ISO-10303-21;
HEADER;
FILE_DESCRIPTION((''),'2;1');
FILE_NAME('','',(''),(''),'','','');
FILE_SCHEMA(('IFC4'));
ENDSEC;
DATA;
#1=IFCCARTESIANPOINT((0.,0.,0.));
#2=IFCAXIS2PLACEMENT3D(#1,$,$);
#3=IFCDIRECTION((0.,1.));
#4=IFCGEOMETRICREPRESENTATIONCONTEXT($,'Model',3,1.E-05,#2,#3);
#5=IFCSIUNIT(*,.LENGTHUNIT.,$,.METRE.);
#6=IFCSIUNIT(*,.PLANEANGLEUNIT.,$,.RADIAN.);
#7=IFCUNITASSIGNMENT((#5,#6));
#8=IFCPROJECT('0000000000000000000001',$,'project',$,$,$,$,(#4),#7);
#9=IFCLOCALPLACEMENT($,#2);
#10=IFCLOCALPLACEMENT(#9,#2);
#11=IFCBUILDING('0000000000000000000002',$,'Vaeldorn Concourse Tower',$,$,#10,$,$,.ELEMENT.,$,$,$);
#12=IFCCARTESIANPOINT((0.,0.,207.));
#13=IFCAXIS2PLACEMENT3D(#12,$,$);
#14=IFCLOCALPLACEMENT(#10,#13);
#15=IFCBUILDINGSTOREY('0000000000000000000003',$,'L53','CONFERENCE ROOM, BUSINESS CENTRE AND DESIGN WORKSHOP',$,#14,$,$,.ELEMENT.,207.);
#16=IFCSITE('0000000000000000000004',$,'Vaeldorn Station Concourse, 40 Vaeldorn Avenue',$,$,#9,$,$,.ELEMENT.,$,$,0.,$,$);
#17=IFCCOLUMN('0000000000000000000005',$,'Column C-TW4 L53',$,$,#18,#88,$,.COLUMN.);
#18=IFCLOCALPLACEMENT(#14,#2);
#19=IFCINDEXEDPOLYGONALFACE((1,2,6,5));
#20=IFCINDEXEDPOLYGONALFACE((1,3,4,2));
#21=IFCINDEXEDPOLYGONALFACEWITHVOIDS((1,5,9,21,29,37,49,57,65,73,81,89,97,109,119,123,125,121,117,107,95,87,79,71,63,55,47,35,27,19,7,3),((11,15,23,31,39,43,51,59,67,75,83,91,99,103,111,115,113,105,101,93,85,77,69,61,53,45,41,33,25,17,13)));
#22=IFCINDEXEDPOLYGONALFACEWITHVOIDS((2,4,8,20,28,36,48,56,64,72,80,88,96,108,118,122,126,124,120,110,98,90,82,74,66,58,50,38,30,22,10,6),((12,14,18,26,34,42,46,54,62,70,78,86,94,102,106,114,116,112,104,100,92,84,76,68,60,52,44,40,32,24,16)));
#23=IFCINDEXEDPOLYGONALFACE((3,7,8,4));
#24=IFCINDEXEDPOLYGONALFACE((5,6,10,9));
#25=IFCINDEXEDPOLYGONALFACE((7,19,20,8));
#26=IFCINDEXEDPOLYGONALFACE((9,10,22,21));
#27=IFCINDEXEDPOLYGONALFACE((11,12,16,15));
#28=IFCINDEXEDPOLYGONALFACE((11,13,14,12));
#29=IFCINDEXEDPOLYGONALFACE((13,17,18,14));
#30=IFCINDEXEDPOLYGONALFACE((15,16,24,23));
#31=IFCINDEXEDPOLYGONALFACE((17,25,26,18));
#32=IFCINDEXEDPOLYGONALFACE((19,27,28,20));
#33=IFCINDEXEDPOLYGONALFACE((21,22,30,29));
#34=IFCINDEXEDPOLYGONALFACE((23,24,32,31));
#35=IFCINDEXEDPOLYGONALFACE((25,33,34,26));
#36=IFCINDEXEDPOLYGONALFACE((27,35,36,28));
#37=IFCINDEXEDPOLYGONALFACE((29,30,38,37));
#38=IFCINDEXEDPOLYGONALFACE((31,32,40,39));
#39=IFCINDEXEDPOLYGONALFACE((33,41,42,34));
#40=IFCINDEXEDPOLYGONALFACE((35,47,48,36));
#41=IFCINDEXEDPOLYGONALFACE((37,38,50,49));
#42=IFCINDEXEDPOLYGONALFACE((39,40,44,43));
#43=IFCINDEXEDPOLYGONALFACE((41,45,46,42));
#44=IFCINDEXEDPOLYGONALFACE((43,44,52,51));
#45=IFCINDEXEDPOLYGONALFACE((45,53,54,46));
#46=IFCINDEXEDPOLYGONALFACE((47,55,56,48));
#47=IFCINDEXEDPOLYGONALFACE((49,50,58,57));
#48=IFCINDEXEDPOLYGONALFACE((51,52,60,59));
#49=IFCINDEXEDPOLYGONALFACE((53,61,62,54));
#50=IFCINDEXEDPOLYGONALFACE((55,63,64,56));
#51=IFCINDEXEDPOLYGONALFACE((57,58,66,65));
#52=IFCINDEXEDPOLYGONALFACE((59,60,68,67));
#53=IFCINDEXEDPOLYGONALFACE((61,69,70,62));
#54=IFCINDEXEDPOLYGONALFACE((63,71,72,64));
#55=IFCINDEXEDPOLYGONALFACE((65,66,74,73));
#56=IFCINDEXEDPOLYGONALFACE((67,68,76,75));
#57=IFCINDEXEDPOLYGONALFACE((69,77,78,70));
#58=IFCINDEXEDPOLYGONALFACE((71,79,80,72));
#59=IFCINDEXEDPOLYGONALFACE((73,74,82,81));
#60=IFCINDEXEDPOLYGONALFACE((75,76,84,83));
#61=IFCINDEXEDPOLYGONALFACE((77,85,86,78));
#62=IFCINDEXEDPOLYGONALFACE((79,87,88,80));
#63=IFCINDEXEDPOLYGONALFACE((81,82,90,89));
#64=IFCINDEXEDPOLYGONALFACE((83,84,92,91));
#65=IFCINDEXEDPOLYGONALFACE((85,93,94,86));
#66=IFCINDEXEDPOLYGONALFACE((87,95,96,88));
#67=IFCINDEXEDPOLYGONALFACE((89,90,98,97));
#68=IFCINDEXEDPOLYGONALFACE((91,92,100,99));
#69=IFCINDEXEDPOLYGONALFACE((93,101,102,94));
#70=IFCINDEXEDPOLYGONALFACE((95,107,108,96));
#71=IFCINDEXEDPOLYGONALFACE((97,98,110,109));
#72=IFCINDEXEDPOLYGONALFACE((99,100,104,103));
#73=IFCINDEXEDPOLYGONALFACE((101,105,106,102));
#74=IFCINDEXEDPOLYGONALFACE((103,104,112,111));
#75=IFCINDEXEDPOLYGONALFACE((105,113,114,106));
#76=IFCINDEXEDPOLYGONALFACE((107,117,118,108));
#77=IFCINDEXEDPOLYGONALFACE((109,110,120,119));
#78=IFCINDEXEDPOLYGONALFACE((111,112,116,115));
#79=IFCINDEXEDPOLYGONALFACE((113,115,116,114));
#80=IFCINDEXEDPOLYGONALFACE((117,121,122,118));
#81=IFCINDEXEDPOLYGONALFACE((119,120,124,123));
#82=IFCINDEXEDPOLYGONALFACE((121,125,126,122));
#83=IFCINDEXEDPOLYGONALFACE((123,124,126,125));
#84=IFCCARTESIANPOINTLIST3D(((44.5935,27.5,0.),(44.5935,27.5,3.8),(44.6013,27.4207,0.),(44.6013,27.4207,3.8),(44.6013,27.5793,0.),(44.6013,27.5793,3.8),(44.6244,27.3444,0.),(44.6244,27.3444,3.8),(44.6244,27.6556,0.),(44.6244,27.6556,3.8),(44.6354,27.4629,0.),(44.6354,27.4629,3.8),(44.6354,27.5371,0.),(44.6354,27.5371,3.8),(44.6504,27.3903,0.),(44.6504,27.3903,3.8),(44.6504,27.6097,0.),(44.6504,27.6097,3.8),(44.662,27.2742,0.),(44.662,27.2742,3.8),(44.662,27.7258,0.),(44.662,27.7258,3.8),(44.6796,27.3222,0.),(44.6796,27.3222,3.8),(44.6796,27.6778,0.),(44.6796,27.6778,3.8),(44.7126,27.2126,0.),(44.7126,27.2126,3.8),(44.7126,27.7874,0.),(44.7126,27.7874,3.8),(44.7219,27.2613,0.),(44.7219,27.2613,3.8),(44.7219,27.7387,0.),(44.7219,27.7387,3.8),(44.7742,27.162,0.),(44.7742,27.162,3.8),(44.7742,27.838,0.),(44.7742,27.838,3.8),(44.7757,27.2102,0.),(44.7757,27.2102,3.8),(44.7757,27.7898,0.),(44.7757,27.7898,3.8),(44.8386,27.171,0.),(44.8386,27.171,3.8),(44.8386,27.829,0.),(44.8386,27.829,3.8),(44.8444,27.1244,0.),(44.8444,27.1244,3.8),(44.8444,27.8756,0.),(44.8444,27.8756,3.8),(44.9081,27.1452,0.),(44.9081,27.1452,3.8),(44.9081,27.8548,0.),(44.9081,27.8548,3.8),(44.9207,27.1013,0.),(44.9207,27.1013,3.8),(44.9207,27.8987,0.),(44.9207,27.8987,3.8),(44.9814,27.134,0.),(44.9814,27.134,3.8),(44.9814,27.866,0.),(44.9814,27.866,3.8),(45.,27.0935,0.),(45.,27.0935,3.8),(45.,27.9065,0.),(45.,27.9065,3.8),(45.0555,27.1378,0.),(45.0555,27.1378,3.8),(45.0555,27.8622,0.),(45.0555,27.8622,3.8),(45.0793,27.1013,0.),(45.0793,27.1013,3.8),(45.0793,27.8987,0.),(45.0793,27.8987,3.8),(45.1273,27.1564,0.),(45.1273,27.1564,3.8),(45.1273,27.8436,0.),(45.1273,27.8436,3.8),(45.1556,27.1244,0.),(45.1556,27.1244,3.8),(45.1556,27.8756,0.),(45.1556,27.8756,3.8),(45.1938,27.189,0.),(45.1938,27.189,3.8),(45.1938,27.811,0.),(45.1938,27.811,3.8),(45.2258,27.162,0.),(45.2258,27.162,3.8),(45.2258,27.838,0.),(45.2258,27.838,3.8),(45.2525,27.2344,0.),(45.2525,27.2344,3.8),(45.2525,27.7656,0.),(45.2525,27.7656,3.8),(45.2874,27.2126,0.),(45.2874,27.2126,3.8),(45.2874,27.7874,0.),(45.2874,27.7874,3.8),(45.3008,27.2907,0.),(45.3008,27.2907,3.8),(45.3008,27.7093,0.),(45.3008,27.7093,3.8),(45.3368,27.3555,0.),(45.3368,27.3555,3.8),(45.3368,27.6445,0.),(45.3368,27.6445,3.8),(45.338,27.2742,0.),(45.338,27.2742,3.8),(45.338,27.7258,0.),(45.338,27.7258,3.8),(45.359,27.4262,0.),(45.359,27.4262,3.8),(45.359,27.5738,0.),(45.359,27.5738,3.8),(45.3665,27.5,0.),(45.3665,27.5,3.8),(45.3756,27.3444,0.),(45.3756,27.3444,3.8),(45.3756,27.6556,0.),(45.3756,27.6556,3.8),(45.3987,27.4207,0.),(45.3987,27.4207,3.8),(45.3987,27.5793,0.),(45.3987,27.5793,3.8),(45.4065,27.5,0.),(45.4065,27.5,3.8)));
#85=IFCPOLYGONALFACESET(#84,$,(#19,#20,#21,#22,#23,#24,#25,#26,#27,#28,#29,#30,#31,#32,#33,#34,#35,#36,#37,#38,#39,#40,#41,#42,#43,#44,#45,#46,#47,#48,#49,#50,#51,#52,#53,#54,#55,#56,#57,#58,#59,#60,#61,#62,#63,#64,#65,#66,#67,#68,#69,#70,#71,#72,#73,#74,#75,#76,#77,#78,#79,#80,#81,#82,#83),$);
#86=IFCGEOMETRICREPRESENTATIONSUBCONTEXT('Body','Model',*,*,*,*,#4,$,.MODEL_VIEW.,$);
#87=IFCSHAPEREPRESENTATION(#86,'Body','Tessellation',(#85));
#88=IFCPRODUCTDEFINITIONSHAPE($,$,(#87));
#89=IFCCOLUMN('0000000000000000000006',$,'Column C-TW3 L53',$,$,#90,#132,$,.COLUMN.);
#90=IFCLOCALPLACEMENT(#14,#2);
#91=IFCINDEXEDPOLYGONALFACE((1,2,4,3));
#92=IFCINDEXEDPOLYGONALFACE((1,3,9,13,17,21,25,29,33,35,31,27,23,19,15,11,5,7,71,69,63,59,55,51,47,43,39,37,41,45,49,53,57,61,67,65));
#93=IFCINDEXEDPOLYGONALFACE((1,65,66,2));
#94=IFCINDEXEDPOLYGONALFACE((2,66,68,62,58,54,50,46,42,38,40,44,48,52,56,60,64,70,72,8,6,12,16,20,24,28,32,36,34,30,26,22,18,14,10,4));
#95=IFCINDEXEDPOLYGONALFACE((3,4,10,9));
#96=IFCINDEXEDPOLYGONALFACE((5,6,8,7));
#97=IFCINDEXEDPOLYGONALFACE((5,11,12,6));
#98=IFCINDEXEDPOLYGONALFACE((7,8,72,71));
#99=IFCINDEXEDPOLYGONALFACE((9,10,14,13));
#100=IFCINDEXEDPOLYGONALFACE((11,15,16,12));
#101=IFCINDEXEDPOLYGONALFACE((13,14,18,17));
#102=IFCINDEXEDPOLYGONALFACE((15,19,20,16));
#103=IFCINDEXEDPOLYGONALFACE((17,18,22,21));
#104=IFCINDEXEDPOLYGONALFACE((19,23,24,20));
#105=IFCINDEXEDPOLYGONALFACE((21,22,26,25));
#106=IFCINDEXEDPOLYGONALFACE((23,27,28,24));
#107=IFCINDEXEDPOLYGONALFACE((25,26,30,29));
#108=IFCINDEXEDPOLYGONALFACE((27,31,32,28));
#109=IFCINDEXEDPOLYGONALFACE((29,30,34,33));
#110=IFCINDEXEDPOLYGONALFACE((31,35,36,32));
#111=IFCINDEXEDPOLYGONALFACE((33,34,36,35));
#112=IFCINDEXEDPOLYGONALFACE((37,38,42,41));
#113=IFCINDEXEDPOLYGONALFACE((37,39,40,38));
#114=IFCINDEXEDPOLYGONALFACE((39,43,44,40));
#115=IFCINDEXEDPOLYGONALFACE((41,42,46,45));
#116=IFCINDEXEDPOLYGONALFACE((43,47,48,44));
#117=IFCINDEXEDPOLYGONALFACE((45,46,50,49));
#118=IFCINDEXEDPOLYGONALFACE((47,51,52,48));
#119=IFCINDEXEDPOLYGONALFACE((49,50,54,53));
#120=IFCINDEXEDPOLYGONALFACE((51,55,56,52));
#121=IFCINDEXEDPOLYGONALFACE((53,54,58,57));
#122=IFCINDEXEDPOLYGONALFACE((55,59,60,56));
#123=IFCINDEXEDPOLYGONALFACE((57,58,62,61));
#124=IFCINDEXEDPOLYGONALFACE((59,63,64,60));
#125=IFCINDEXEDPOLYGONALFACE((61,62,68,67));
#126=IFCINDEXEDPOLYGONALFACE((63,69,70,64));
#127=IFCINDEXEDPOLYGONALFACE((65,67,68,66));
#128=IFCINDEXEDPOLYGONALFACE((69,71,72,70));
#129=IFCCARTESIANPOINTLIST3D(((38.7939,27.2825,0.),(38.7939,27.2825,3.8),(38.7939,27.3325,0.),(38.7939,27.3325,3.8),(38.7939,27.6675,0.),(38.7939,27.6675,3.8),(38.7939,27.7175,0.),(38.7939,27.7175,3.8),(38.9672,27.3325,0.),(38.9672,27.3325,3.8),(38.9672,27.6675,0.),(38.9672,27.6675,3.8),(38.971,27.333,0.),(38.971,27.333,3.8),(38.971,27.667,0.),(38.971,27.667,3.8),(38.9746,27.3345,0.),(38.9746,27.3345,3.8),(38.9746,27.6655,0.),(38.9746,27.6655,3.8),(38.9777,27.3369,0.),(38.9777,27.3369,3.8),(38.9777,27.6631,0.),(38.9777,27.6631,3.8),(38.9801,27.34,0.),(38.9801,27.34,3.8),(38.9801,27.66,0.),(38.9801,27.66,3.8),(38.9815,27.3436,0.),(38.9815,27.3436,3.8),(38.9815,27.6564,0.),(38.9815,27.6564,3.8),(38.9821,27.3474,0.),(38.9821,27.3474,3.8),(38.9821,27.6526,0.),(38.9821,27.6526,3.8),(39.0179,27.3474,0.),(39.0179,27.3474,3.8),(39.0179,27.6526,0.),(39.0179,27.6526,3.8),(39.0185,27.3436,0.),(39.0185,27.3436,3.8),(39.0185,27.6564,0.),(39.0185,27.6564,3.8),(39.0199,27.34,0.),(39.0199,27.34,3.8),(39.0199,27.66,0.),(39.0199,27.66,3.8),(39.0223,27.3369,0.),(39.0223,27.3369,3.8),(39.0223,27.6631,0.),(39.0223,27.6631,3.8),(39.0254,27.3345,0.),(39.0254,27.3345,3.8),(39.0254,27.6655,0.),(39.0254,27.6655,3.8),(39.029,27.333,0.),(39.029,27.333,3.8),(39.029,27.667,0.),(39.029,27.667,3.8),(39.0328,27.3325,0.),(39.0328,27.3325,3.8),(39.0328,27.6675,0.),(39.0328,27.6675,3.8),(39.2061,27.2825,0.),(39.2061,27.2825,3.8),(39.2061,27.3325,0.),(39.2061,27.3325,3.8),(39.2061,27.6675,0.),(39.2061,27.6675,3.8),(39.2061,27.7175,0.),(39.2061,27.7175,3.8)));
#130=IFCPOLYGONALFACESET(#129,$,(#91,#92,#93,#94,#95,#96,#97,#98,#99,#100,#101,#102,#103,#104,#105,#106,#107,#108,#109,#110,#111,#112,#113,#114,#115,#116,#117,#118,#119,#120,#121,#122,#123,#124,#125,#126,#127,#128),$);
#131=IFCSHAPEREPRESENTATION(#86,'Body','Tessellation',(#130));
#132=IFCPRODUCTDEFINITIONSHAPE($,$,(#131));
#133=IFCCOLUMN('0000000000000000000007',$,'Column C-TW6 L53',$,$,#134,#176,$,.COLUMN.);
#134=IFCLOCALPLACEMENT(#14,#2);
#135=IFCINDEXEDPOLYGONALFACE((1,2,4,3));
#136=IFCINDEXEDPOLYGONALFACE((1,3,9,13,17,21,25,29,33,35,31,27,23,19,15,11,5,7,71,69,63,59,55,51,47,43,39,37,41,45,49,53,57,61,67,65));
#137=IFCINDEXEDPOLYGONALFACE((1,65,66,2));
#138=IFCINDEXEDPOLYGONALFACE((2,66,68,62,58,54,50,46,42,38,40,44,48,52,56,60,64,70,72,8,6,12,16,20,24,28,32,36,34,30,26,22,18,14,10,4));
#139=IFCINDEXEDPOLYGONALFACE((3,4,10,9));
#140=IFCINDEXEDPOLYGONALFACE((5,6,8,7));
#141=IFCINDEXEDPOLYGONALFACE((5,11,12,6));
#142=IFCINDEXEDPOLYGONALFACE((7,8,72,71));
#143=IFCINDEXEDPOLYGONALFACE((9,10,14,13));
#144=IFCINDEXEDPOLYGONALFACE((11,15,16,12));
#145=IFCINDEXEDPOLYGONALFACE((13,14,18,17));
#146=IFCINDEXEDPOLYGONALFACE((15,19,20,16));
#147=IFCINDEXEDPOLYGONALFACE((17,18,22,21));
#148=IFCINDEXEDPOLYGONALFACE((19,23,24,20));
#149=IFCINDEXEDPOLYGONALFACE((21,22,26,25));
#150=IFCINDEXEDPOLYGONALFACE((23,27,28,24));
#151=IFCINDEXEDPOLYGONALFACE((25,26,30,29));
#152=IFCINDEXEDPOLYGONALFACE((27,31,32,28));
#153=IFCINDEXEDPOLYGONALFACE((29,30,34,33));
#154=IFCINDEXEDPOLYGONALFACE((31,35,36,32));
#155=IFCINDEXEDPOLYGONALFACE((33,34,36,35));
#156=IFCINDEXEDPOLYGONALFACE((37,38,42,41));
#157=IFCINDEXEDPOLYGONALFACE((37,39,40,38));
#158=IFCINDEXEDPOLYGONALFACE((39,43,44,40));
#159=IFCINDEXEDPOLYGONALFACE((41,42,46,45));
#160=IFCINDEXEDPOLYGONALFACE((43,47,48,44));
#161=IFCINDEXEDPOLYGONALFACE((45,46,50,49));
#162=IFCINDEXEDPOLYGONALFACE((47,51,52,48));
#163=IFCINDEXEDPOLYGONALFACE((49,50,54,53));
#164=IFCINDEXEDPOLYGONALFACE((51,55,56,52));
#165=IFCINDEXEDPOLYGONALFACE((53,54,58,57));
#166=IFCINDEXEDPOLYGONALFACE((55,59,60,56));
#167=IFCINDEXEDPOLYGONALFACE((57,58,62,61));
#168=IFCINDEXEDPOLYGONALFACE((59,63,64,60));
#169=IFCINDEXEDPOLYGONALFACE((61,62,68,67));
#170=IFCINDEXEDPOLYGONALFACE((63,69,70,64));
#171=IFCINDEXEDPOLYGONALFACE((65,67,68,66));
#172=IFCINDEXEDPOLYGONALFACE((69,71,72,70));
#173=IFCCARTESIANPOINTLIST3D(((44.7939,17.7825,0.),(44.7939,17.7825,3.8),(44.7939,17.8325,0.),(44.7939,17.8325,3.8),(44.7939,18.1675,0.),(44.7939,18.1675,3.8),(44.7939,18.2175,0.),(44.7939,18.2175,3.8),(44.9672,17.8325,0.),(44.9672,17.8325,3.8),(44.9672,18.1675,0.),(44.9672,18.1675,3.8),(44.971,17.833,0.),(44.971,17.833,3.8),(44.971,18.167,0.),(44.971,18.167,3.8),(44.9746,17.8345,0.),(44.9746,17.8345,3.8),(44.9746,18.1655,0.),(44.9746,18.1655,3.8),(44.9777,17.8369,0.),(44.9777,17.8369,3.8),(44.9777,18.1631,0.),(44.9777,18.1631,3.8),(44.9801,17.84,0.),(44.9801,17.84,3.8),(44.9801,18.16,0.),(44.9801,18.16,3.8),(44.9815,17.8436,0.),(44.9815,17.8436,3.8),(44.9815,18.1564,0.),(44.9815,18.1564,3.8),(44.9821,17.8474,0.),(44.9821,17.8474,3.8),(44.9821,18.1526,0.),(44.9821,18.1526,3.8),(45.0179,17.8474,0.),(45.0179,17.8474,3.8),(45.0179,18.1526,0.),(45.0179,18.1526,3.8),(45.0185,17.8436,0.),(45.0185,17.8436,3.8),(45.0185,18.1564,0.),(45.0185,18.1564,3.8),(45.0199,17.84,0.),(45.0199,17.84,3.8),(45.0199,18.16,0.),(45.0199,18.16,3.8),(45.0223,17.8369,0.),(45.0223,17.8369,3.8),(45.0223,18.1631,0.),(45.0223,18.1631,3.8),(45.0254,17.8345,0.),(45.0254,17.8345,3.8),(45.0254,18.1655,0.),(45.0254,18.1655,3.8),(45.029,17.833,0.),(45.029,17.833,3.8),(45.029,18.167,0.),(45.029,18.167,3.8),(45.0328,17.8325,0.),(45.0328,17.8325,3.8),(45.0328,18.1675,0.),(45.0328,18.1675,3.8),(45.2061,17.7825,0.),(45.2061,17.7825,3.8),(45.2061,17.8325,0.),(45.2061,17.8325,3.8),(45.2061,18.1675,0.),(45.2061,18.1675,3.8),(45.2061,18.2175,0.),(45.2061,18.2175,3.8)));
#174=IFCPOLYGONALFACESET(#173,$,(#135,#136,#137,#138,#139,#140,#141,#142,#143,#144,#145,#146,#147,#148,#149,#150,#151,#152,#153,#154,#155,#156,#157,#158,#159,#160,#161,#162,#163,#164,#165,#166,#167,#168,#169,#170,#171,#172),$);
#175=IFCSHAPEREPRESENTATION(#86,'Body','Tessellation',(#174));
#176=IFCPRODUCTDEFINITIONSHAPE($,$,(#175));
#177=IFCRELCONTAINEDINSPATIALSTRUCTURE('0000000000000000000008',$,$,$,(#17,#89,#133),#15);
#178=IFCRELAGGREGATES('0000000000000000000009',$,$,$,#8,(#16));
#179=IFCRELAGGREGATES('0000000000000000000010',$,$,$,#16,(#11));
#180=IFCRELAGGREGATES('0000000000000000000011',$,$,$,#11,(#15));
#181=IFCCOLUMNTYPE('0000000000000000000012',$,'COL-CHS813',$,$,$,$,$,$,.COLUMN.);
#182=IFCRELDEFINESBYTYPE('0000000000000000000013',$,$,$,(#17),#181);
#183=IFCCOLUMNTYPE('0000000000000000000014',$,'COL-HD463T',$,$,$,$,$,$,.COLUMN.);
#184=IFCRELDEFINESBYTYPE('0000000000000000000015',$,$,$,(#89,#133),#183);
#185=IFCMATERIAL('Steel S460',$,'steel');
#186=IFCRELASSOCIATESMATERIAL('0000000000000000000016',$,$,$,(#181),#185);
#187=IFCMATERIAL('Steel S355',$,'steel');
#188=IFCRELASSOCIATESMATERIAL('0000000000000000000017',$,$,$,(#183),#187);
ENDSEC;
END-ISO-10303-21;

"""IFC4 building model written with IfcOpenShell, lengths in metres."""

from ifc_helpers import new_model, si_unit, direction, frame, origin, origin_2d, place, context, subcontext, project, spatial, hollow_circle, i_section, extrude, source, transform, mapped, material, material_profile, profile_set, type_object, element, save


model = new_model("IFC4")

# Units and contexts
model_context = context("Model", 3, precision=1e-05, world=origin(), true_north=direction((0.0, 1.0)))
body_context = subcontext(model_context, "Body", "Model", "MODEL_VIEW")
ifc_project = project(units=[si_unit("LENGTHUNIT", "METRE"), si_unit("PLANEANGLEUNIT", "RADIAN")], contexts=[model_context])

# Site, building, storey
site_placement = place(None, origin())
site = spatial("IfcSite", under=ifc_project, at=site_placement, Name="Vaeldorn Station Concourse, 40 Vaeldorn Avenue", CompositionType="ELEMENT", RefElevation=0.0)
building_placement = place(site_placement, origin())
building = spatial("IfcBuilding", under=site, at=building_placement, Name="Vaeldorn Concourse Tower", CompositionType="ELEMENT")
storey_placement = place(building_placement, frame((0.0, 0.0, 207.0)))
storey = spatial("IfcBuildingStorey", under=building, at=storey_placement, Name="L53", Description="CONFERENCE ROOM, BUSINESS CENTRE AND DESIGN WORKSHOP", CompositionType="ELEMENT", Elevation=207.0)

# Columns
ifc_material_1 = material(Name="Steel S460", Category="steel")
ifc_material_profile_1 = material_profile(ifc_material_1, hollow_circle(Radius=0.4065, WallThickness=0.04, at=origin_2d()), Name="CHS 813x40")
ifc_profile_set_1 = profile_set([ifc_material_profile_1], Name="Steel S460")
column_type_1 = type_object("IfcColumnType", Name="COL-CHS813", PredefinedType="COLUMN", material=ifc_profile_set_1)
shared_shape_1 = source(origin(), body_context, "Body", "SweptSolid", [
    extrude(hollow_circle(Radius=0.4065, WallThickness=0.04, at=origin_2d()), origin(), (0.0, 0.0, 1.0), 3.8),
])
column_placement = place(storey_placement, frame((45.0, 27.5, 0.0), z_axis=(0.0, 0.0, 1.0), x_axis=(1.0, 0.0, 0.0)))
element("IfcColumn", 1, at=column_placement, inside=storey, type_object=column_type_1, Name="Column C-TW4 L53", PredefinedType="COLUMN", context=body_context, shape_type="MappedRepresentation", body=[
    mapped(shared_shape_1, transform((0.0, 0.0, 0.0), scale=1.0)),
])
ifc_material_2 = material(Name="Steel S355", Category="steel")
ifc_material_profile_2 = material_profile(ifc_material_2, i_section(OverallWidth=0.4121, OverallDepth=0.4351, WebThickness=0.0359, FlangeThickness=0.05, FilletRadius=0.0149, at=origin_2d()), Name="HD 400x463")
ifc_profile_set_2 = profile_set([ifc_material_profile_2], Name="Steel S355")
column_type_2 = type_object("IfcColumnType", Name="COL-HD463T", PredefinedType="COLUMN", material=ifc_profile_set_2)
shared_shape_2 = source(origin(), body_context, "Body", "SweptSolid", [
    extrude(i_section(OverallWidth=0.4121, OverallDepth=0.4351, WebThickness=0.0359, FlangeThickness=0.05, FilletRadius=0.0149, at=origin_2d()), origin(), (0.0, 0.0, 1.0), 3.8),
])
for number, where, z_axis, x_axis, name in (
    (2, (39.0, 27.5, 0.0), (0.0, 0.0, 1.0), (1.0, 0.0, 0.0), "Column C-TW3 L53"),
    (3, (45.0, 18.0, 0.0), (0.0, 0.0, 1.0), (1.0, 0.0, 0.0), "Column C-TW6 L53"),
):
    element("IfcColumn", number, at=place(storey_placement, frame(where, z_axis=z_axis, x_axis=x_axis)), inside=storey, type_object=column_type_2, Name=name, PredefinedType="COLUMN", context=body_context, shape_type="MappedRepresentation", body=[
        mapped(shared_shape_2, transform((0.0, 0.0, 0.0), scale=1.0)),
    ])

save(model, "model.ifc")
